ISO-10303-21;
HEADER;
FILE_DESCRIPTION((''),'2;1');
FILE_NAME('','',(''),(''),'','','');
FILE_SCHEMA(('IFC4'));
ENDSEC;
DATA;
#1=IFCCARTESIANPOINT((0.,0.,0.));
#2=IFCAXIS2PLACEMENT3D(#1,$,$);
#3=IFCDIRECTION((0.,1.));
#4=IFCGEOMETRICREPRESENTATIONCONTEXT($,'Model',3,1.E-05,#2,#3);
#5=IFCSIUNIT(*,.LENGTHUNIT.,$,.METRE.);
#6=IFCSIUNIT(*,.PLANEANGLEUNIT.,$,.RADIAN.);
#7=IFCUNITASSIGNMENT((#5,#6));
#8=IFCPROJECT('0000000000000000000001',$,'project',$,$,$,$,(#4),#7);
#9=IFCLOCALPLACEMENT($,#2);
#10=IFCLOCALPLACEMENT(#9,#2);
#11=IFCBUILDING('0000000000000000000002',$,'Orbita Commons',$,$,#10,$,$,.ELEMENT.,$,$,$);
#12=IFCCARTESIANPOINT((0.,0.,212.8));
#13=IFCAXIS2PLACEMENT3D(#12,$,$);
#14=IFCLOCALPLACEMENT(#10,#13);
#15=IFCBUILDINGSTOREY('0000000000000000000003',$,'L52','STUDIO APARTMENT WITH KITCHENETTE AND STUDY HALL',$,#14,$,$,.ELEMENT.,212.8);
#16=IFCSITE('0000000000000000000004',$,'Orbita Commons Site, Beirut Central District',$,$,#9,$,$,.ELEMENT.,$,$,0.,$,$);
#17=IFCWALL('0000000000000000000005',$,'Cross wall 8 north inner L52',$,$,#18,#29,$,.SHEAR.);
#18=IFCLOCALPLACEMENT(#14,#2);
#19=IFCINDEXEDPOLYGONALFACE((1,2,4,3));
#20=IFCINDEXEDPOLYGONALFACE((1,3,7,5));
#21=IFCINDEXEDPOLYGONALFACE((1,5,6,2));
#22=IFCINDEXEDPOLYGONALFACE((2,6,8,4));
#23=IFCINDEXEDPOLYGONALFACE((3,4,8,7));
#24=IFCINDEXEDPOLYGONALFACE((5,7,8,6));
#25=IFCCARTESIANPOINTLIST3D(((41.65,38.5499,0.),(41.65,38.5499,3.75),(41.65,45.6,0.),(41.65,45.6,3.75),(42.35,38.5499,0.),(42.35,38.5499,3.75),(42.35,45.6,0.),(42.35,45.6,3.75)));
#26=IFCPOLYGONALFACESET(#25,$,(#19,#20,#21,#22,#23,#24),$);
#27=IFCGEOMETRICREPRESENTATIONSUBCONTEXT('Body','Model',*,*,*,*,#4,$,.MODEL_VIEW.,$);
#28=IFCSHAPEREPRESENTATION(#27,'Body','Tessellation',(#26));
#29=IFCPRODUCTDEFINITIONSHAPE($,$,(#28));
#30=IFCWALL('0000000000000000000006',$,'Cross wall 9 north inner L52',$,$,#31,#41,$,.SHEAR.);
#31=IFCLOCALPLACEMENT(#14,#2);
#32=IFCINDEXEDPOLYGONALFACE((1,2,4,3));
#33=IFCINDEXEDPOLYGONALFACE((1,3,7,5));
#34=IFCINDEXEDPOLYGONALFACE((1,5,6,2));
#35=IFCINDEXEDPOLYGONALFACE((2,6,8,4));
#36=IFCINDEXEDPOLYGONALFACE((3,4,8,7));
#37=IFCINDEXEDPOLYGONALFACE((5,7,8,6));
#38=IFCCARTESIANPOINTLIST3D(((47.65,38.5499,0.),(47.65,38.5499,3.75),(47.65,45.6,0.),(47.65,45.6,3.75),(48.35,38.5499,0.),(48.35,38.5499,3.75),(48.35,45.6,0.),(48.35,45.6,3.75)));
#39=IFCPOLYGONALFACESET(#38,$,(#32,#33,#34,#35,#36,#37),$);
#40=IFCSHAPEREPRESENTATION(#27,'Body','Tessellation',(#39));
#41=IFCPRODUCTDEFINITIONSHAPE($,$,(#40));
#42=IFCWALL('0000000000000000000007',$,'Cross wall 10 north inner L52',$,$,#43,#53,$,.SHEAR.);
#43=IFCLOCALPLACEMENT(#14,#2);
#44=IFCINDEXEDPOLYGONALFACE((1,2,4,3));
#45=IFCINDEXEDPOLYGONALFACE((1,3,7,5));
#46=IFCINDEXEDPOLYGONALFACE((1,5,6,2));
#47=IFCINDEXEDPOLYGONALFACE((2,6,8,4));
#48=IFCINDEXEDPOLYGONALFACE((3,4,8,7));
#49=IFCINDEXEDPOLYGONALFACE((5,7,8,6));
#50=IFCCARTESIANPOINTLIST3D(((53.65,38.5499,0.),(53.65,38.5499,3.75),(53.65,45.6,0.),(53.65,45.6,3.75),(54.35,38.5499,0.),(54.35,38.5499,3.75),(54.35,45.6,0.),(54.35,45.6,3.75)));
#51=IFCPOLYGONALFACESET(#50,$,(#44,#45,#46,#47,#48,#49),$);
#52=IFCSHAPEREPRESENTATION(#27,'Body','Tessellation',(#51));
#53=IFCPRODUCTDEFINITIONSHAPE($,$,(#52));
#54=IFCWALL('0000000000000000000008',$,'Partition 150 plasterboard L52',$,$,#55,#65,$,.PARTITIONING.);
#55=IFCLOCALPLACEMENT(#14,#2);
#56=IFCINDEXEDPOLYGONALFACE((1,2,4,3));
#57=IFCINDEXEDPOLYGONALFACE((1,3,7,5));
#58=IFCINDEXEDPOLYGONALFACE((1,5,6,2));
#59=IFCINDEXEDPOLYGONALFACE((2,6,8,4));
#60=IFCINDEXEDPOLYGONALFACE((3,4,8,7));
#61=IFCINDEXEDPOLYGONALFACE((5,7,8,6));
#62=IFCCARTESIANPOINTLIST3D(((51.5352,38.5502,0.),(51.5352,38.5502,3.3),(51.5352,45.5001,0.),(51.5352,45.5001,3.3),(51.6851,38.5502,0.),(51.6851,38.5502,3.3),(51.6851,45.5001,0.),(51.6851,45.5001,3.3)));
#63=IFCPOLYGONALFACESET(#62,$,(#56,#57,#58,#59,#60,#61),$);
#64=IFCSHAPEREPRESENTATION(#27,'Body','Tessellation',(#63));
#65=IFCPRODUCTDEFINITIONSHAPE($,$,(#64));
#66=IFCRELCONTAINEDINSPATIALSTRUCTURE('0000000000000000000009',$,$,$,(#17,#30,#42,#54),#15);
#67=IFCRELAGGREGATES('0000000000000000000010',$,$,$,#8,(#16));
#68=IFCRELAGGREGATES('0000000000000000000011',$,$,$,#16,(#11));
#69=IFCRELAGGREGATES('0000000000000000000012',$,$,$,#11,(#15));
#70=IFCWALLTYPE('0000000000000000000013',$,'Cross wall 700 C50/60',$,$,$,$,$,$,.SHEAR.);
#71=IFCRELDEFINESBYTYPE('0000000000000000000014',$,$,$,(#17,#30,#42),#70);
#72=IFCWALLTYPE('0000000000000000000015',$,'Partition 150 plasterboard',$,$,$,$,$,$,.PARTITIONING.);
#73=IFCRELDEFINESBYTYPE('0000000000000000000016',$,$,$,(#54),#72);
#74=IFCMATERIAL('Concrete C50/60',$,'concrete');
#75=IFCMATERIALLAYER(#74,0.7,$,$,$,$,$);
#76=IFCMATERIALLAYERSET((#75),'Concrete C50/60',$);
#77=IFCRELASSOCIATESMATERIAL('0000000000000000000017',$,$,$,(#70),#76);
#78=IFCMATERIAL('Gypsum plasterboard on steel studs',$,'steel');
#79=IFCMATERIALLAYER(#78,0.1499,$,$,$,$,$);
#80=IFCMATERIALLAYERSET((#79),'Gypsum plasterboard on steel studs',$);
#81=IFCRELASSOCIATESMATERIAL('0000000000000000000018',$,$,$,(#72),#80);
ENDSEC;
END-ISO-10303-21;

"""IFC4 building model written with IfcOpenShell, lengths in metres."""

from ifc_helpers import new_model, si_unit, direction, frame, frame_2d, origin, place, context, subcontext, project, spatial, rectangle, extrude, material, layer, layer_set, type_object, element, save


model = new_model("IFC4")

# Units and contexts
model_context = context("Model", 3, precision=1e-05, world=origin(), true_north=direction((0.0, 1.0)))
body_context = subcontext(model_context, "Body", "Model", "MODEL_VIEW")
ifc_project = project(units=[si_unit("LENGTHUNIT", "METRE"), si_unit("PLANEANGLEUNIT", "RADIAN")], contexts=[model_context])

# Site, building, storey
site_placement = place(None, origin())
site = spatial("IfcSite", under=ifc_project, at=site_placement, Name="Orbita Commons Site, Beirut Central District", CompositionType="ELEMENT", RefElevation=0.0)
building_placement = place(site_placement, origin())
building = spatial("IfcBuilding", under=site, at=building_placement, Name="Orbita Commons", CompositionType="ELEMENT")
storey_placement = place(building_placement, frame((0.0, 0.0, 212.8)))
storey = spatial("IfcBuildingStorey", under=building, at=storey_placement, Name="L52", Description="STUDIO APARTMENT WITH KITCHENETTE AND STUDY HALL", CompositionType="ELEMENT", Elevation=212.8)

# Walls
ifc_material_1 = material(Name="Concrete C50/60", Category="concrete")
ifc_layer_1 = layer(ifc_material_1, 0.7)
ifc_layer_set_1 = layer_set([ifc_layer_1], Name="Concrete C50/60")
wall_type_1 = type_object("IfcWallType", Name="Cross wall 700 C50/60", PredefinedType="SHEAR", material=ifc_layer_set_1)
for number, where, z_axis, x_axis, name in (
    (1, (42.0, 38.55, 0.0), (0.0, 0.0, 1.0), (0.0, 1.0, 0.0), "Cross wall 8 north inner L52"),
    (2, (48.0, 38.55, 0.0), (0.0, 0.0, 1.0), (0.0, 1.0, 0.0), "Cross wall 9 north inner L52"),
    (3, (54.0, 38.55, 0.0), (0.0, 0.0, 1.0), (0.0, 1.0, 0.0), "Cross wall 10 north inner L52"),
):
    element("IfcWall", number, at=place(storey_placement, frame(where, z_axis=z_axis, x_axis=x_axis)), inside=storey, type_object=wall_type_1, Name=name, PredefinedType="SHEAR", context=body_context, shape_type="SweptSolid", body=[
        extrude(rectangle(XDim=7.05, YDim=0.7, at=frame_2d((3.5249, 0.0))), origin(), (0.0, 0.0, 1.0), 3.75),
    ])
ifc_material_2 = material(Name="Gypsum plasterboard on steel studs", Category="steel")
ifc_layer_2 = layer(ifc_material_2, 0.1499)
ifc_layer_set_2 = layer_set([ifc_layer_2], Name="Gypsum plasterboard on steel studs")
wall_type_2 = type_object("IfcWallType", Name="Partition 150 plasterboard", PredefinedType="PARTITIONING", material=ifc_layer_set_2)
wall_1_placement = place(storey_placement, frame((51.6101, 38.55, 0.0), z_axis=(0.0, 0.0, 1.0), x_axis=(0.0, 1.0, 0.0)))
element("IfcWall", 4, at=wall_1_placement, inside=storey, type_object=wall_type_2, Name="Partition 150 plasterboard L52", PredefinedType="PARTITIONING", context=body_context, shape_type="SweptSolid", body=[
    extrude(rectangle(XDim=6.95, YDim=0.1499, at=frame_2d((3.4751, 0.0))), origin(), (0.0, 0.0, 1.0), 3.3),
])

save(model, "model.ifc")
